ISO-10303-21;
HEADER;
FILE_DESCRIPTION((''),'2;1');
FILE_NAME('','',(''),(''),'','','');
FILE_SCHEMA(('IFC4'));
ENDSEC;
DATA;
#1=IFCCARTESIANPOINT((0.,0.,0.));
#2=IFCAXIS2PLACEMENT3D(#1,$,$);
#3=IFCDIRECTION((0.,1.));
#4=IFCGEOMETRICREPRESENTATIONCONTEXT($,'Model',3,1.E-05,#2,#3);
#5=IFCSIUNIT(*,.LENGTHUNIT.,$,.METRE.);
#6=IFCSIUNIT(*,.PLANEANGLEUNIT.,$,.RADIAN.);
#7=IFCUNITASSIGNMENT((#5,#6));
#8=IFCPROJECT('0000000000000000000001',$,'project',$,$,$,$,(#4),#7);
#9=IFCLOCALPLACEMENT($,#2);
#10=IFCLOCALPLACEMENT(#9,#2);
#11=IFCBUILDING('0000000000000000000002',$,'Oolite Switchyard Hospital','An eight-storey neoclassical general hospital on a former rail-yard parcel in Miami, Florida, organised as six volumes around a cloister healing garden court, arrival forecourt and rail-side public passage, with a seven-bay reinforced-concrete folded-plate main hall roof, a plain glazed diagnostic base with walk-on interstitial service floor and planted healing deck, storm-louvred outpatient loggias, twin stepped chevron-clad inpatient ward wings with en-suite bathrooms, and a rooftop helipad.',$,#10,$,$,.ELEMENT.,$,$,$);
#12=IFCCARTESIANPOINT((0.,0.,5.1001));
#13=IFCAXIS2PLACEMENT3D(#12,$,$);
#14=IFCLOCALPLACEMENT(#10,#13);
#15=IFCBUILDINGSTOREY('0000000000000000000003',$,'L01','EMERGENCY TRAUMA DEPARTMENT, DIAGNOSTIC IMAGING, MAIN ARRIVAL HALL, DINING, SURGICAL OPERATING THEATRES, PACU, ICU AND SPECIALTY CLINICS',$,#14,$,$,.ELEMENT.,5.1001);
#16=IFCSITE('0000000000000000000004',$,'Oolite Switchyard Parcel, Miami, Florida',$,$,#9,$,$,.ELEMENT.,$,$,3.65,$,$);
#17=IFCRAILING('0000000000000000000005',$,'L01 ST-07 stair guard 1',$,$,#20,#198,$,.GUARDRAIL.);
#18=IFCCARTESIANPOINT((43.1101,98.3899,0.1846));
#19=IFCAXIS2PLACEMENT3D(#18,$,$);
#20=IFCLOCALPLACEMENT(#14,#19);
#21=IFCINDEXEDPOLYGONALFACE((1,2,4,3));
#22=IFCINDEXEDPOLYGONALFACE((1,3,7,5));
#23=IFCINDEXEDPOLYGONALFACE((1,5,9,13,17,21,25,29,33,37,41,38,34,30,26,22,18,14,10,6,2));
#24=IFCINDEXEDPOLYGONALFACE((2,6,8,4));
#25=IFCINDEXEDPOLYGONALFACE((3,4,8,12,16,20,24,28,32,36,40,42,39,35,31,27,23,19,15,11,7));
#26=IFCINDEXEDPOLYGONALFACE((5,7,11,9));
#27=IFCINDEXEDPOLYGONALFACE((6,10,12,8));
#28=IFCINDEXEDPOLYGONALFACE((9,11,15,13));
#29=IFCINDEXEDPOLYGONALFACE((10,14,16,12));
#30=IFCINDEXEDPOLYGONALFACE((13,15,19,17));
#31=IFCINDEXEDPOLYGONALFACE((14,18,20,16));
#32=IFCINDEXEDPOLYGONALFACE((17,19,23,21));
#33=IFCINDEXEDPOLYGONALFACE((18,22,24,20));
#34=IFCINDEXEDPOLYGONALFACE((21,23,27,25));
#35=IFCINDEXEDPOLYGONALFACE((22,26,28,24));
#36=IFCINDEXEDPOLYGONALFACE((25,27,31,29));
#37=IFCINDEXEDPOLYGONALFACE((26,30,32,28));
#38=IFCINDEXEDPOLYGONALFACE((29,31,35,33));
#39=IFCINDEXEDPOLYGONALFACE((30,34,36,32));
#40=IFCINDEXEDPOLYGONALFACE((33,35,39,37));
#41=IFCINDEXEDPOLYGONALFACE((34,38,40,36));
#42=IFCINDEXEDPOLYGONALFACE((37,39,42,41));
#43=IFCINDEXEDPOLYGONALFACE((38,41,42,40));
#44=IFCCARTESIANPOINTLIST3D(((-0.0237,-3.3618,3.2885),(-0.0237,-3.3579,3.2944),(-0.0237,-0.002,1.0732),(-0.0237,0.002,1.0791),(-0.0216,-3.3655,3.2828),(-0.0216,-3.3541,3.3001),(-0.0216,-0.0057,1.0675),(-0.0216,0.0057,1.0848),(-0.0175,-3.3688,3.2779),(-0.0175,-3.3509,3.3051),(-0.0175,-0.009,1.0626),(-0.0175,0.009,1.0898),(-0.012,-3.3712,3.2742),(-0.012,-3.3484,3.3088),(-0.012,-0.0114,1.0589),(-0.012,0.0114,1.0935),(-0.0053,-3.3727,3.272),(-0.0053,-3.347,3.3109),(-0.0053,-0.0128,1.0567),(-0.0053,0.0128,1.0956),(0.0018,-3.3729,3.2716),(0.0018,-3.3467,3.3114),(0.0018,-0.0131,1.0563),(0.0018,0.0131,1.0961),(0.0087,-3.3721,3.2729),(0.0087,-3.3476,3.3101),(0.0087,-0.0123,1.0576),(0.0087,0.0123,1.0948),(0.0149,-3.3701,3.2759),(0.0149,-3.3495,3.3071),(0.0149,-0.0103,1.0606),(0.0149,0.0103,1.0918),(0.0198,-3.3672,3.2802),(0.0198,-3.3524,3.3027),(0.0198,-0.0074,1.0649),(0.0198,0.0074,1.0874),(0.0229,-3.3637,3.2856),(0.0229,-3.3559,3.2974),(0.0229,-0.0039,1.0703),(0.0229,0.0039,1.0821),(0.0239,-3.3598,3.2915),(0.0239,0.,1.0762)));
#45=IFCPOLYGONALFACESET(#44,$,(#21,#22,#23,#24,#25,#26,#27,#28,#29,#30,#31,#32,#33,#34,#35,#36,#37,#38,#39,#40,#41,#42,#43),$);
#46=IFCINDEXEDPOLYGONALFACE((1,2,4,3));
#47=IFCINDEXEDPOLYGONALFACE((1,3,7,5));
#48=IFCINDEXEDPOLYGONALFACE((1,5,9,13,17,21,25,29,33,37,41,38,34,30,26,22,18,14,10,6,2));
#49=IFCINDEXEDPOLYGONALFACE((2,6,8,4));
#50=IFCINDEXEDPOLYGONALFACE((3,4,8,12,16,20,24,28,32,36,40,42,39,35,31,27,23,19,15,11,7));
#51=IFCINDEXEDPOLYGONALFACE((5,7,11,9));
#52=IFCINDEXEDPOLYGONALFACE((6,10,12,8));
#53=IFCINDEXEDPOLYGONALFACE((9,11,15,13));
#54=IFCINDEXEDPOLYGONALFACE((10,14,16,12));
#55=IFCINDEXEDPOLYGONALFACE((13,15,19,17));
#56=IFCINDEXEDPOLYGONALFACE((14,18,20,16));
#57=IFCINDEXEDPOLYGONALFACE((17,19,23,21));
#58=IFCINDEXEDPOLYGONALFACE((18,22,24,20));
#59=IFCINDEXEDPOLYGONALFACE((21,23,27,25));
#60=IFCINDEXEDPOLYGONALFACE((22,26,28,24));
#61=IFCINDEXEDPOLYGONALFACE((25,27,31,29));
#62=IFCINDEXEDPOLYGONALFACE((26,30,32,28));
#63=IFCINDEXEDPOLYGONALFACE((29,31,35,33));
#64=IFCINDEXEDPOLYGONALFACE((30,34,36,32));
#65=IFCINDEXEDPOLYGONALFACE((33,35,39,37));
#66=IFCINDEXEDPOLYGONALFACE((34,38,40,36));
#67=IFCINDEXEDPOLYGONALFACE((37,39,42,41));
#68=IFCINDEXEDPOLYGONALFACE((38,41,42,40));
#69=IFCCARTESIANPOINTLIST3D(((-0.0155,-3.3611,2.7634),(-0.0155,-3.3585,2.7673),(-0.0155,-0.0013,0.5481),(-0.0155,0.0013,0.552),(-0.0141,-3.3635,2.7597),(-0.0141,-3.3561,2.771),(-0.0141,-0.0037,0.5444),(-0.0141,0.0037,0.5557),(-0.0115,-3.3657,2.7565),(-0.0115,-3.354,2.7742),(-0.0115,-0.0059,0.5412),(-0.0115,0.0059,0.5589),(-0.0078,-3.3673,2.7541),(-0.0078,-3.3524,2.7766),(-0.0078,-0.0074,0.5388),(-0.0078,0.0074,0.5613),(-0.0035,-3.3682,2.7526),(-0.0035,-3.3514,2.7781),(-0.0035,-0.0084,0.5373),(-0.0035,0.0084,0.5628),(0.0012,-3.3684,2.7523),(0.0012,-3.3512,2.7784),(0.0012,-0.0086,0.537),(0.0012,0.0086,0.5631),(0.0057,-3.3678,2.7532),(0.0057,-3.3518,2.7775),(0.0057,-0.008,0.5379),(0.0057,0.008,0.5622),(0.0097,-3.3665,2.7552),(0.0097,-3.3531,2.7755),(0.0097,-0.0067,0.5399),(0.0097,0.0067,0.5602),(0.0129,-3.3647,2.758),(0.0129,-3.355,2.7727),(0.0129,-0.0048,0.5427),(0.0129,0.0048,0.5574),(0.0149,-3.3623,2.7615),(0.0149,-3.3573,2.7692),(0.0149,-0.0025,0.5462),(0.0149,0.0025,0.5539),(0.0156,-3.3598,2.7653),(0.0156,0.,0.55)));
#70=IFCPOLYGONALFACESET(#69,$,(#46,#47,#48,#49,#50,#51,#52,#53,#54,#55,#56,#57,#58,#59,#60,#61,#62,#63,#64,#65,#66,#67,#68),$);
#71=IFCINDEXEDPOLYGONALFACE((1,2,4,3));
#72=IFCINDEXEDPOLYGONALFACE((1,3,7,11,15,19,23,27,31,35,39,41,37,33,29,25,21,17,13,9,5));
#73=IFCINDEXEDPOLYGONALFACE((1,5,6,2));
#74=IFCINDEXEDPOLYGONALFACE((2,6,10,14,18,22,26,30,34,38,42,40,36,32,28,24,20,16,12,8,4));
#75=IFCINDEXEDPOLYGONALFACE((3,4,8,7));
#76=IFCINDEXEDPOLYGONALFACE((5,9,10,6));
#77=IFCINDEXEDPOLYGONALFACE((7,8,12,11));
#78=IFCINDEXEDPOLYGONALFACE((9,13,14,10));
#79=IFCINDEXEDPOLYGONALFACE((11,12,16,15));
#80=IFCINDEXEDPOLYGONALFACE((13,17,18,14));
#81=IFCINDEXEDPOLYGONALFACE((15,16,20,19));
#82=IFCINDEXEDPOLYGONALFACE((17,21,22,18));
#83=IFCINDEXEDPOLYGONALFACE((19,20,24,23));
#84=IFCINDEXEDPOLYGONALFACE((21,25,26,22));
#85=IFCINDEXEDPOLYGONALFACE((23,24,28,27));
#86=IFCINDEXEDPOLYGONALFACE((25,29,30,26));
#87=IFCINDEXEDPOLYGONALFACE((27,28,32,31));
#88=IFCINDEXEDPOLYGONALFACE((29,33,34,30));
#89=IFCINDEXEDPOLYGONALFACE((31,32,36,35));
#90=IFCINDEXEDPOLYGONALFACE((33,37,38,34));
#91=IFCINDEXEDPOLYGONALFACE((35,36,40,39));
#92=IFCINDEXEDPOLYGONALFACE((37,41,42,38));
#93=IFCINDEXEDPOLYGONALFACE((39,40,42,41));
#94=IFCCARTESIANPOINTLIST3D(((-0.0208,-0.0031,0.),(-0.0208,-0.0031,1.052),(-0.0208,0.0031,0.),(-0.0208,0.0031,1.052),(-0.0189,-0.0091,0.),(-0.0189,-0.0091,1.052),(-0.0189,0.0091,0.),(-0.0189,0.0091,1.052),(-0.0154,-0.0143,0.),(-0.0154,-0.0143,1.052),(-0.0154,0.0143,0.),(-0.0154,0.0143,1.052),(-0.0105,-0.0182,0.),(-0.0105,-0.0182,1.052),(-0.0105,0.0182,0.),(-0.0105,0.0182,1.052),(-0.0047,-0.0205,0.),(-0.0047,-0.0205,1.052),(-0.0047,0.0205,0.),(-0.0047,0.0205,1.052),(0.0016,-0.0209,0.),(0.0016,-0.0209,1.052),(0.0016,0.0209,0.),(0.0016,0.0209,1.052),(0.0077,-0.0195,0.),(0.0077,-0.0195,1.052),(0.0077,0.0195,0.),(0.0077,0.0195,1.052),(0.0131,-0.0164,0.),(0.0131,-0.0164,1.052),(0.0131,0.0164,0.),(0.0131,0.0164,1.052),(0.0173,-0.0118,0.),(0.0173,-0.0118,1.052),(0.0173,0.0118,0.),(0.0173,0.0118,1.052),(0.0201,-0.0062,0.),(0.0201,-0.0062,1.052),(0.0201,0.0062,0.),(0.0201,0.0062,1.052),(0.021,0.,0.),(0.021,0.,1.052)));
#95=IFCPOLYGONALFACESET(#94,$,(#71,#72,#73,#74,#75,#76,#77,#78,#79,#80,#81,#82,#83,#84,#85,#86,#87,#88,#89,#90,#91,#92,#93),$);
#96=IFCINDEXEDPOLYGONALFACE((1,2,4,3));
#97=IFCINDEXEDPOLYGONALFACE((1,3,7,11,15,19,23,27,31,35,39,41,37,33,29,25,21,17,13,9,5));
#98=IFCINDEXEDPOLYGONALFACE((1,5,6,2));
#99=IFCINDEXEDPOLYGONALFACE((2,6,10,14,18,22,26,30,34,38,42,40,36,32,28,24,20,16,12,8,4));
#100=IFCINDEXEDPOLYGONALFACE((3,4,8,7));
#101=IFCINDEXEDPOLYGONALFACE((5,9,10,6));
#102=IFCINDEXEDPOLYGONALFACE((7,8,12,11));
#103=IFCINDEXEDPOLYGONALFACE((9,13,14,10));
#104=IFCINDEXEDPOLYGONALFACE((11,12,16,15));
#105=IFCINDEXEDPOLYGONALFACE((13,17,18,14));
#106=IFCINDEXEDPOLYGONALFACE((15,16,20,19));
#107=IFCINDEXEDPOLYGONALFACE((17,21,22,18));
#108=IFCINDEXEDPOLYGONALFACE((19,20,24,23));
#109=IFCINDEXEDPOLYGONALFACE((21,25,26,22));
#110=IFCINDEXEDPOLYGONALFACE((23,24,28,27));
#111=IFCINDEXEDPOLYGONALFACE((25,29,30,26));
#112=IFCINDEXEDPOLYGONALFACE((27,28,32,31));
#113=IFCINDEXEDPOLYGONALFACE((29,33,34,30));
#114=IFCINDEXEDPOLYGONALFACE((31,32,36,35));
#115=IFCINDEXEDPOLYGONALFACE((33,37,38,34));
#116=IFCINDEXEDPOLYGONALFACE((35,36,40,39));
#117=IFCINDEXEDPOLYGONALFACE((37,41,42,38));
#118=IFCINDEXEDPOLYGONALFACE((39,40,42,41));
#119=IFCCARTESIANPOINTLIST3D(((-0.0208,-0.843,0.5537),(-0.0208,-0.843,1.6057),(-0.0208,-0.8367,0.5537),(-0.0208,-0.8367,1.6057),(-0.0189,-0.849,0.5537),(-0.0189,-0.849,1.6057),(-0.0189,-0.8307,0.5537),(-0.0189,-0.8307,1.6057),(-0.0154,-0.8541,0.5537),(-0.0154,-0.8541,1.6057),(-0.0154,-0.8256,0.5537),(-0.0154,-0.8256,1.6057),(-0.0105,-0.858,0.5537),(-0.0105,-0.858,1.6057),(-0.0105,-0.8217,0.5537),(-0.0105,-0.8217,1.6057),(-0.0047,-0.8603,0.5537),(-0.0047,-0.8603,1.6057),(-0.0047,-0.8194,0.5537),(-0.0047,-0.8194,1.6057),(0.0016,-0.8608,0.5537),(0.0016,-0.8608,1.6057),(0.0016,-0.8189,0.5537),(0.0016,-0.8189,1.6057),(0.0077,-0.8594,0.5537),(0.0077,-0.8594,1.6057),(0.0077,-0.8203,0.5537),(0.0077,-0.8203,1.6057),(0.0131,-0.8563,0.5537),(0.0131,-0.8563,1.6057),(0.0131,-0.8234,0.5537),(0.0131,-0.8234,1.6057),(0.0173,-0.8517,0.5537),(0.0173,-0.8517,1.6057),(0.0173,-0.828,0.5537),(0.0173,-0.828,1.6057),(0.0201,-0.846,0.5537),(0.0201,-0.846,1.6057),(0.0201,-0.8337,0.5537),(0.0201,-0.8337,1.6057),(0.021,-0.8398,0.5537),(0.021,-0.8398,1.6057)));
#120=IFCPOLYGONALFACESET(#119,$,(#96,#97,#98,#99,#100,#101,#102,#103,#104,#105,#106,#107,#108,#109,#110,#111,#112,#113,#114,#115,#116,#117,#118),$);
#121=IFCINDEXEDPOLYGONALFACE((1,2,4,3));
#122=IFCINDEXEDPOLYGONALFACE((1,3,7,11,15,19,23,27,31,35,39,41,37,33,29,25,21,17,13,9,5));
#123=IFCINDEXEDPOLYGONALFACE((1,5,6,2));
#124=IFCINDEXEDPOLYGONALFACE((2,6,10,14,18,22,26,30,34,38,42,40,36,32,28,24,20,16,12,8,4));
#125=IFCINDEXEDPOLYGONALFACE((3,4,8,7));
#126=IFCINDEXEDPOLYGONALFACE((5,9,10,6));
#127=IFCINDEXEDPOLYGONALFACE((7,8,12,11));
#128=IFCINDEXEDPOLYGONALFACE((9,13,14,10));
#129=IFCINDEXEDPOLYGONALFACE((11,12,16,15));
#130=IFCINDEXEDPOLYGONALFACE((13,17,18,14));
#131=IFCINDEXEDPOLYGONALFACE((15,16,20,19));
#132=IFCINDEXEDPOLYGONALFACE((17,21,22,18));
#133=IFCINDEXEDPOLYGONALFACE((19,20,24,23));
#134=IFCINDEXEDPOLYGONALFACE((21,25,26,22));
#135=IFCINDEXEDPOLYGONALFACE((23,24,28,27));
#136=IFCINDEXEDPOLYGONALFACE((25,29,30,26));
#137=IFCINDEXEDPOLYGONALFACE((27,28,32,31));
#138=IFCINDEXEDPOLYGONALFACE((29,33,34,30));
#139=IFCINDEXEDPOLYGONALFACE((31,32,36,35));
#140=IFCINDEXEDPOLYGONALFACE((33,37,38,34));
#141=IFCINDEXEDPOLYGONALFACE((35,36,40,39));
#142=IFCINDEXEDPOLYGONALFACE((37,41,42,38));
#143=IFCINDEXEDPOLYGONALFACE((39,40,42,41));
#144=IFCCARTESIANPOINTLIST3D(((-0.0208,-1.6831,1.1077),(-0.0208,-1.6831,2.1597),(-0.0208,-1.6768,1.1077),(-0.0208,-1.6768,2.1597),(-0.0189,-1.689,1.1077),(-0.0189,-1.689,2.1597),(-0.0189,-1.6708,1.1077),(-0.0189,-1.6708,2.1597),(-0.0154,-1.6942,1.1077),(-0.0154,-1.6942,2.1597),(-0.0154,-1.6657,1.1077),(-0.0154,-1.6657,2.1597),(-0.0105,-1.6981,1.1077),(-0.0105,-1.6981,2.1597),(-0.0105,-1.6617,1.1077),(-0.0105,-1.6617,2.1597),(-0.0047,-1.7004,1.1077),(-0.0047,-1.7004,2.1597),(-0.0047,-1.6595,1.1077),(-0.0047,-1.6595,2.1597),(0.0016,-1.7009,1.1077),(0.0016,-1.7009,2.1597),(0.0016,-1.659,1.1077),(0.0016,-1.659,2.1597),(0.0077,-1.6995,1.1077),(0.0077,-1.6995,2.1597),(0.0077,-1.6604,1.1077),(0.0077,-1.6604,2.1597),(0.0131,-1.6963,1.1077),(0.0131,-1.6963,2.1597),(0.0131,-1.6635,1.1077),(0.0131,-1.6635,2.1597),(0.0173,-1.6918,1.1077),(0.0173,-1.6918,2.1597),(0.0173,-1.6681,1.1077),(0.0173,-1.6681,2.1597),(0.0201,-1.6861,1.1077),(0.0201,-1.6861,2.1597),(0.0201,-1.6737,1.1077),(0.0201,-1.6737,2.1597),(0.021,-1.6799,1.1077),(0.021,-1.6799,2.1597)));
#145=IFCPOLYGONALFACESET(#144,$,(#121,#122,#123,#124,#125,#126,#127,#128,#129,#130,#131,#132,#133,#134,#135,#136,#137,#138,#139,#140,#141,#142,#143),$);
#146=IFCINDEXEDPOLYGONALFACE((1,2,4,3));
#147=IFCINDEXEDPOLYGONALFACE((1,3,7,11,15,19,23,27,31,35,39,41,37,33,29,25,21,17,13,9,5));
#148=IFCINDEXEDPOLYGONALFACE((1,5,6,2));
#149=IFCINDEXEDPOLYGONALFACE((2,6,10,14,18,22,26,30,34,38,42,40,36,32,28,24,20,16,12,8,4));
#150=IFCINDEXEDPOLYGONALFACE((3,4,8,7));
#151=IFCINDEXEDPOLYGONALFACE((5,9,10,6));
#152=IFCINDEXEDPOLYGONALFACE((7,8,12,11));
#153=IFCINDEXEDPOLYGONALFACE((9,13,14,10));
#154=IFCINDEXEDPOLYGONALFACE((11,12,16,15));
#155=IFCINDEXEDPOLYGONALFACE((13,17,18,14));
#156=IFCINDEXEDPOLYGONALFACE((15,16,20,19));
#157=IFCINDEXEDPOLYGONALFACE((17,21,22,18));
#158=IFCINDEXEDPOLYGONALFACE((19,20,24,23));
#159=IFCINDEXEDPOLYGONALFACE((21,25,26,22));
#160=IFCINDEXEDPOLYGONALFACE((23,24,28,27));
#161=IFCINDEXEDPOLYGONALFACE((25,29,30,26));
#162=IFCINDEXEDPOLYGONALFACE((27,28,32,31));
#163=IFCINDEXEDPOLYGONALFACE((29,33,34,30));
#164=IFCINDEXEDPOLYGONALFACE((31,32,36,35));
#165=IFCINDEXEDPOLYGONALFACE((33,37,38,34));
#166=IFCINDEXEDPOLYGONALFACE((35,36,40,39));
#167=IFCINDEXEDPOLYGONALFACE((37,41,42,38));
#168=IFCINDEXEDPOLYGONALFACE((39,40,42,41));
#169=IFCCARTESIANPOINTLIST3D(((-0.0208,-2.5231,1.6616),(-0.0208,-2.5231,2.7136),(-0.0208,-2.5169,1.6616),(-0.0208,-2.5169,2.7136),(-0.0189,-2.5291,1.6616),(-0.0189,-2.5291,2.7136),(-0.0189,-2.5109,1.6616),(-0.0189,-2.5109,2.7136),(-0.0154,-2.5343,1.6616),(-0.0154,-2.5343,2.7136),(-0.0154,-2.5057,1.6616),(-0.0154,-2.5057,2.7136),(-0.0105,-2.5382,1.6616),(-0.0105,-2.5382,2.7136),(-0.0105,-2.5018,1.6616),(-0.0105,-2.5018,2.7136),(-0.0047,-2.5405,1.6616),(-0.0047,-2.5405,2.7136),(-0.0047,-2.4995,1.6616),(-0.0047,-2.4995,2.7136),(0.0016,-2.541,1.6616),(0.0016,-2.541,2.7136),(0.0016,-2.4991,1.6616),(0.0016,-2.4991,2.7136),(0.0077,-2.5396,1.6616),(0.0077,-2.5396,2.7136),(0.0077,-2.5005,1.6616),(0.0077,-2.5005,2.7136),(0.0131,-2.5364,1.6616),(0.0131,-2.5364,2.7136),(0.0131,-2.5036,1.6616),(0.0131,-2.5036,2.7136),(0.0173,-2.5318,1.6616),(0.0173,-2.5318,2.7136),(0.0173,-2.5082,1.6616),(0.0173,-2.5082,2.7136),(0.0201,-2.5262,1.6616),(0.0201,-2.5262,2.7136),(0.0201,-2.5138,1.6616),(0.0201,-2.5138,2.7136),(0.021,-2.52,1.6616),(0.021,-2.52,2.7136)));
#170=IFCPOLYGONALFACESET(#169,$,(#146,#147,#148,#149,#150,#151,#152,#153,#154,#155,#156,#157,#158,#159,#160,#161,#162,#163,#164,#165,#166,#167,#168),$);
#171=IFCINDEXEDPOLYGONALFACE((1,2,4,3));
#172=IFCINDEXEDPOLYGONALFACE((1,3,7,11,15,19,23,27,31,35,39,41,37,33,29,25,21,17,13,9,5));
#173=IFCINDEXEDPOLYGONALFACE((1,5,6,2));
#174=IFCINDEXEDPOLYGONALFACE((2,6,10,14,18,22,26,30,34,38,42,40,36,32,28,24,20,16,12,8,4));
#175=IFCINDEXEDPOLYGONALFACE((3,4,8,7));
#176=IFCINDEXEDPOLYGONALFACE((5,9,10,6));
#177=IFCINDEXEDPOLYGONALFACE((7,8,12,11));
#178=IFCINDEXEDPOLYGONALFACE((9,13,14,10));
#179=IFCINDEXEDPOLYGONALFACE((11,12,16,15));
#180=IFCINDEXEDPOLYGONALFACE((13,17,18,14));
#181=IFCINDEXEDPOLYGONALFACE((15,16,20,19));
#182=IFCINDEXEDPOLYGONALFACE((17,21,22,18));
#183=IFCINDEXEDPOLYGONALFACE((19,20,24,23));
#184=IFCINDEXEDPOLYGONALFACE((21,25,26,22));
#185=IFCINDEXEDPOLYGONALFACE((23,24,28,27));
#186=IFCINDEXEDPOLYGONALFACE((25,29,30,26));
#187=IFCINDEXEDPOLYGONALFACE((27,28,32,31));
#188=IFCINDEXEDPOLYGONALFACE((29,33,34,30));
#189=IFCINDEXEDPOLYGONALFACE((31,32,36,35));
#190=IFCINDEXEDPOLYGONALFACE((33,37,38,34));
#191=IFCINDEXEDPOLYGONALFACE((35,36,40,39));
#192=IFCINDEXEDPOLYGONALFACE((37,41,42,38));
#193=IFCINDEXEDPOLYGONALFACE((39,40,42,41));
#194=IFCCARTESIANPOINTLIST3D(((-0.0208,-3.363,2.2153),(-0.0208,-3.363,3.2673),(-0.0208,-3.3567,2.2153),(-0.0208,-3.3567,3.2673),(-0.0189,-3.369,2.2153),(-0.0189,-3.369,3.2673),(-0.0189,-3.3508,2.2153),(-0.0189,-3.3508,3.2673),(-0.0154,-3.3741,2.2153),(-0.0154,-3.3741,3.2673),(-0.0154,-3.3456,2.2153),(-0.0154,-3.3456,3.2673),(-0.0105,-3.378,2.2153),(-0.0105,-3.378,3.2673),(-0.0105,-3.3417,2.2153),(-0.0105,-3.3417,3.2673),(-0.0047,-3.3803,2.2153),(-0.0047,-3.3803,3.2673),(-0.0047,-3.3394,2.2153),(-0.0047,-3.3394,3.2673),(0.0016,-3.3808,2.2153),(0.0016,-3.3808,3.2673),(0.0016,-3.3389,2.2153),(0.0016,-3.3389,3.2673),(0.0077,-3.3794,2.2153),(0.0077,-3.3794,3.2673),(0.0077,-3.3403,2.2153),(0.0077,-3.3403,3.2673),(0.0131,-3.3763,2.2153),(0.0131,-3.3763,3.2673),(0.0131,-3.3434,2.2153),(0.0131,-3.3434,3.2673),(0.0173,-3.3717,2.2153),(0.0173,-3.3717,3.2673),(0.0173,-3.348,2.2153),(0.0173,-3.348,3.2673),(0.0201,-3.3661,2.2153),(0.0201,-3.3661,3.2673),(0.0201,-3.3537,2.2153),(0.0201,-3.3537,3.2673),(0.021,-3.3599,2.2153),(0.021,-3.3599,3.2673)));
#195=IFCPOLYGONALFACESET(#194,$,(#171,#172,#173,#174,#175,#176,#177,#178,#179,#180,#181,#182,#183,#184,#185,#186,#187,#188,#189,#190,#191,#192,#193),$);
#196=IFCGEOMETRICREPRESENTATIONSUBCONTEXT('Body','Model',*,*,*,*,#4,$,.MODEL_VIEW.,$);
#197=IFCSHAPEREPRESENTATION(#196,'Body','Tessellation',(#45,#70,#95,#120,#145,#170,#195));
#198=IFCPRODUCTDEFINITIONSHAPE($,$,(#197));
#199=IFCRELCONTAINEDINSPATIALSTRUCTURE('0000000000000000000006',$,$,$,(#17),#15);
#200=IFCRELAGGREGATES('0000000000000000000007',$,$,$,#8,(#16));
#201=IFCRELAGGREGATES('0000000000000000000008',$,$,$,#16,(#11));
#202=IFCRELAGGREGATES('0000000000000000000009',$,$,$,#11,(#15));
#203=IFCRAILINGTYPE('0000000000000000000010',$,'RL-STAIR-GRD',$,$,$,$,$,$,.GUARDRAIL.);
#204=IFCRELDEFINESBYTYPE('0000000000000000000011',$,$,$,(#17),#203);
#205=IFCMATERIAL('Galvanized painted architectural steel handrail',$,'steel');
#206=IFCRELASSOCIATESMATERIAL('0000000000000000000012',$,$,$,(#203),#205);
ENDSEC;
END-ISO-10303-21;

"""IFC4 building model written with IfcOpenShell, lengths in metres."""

from ifc_helpers import new_model, si_unit, direction, frame, origin, origin_2d, place, context, subcontext, project, spatial, circle, extrude, material, type_object, element, save


model = new_model("IFC4")

# Units and contexts
model_context = context("Model", 3, precision=1e-05, world=origin(), true_north=direction((0.0, 1.0)))
body_context = subcontext(model_context, "Body", "Model", "MODEL_VIEW")
ifc_project = project(units=[si_unit("LENGTHUNIT", "METRE"), si_unit("PLANEANGLEUNIT", "RADIAN")], contexts=[model_context])

# Site, building, storey
site_placement = place(None, origin())
site = spatial("IfcSite", under=ifc_project, at=site_placement, Name="Oolite Switchyard Parcel, Miami, Florida", CompositionType="ELEMENT", RefElevation=3.65)
building_placement = place(site_placement, origin())
building = spatial("IfcBuilding", under=site, at=building_placement, Name="Oolite Switchyard Hospital", Description="An eight-storey neoclassical general hospital on a former rail-yard parcel in Miami, Florida, organised as six volumes around a cloister healing garden court, arrival forecourt and rail-side public passage, with a seven-bay reinforced-concrete folded-plate main hall roof, a plain glazed diagnostic base with walk-on interstitial service floor and planted healing deck, storm-louvred outpatient loggias, twin stepped chevron-clad inpatient ward wings with en-suite bathrooms, and a rooftop helipad.", CompositionType="ELEMENT")
storey_placement = place(building_placement, frame((0.0, 0.0, 5.1001)))
storey = spatial("IfcBuildingStorey", under=building, at=storey_placement, Name="L01", Description="EMERGENCY TRAUMA DEPARTMENT, DIAGNOSTIC IMAGING, MAIN ARRIVAL HALL, DINING, SURGICAL OPERATING THEATRES, PACU, ICU AND SPECIALTY CLINICS", CompositionType="ELEMENT", Elevation=5.1001)

# Railing
ifc_material_1 = material(Name="Galvanized painted architectural steel handrail", Category="steel")
railing_type_1 = type_object("IfcRailingType", Name="RL-STAIR-GRD", PredefinedType="GUARDRAIL", material=ifc_material_1)
railing_1_placement = place(storey_placement, frame((43.1101, 98.3899, 0.1846)))
element("IfcRailing", 1, at=railing_1_placement, inside=storey, type_object=railing_type_1, Name="L01 ST-07 stair guard 1", PredefinedType="GUARDRAIL", context=body_context, shape_type="SweptSolid", body=[
    extrude(circle(Radius=0.0239, at=origin_2d()), frame((0.0, 0.0, 1.0762), z_axis=(0.0, -0.834858, 0.550465), x_axis=(1.0, 0.0, 0.0)), (0.0, 0.0, 1.0), 4.0244),
    extrude(circle(Radius=0.0156, at=origin_2d()), frame((0.0, 0.0, 0.55), z_axis=(0.0, -0.834858, 0.550465), x_axis=(1.0, 0.0, 0.0)), (0.0, 0.0, 1.0), 4.0244),
    extrude(circle(Radius=0.021, at=origin_2d()), origin(), (0.0, 0.0, 1.0), 1.052),
    extrude(circle(Radius=0.021, at=origin_2d()), frame((0.0, -0.8398, 0.5537)), (0.0, 0.0, 1.0), 1.052),
    extrude(circle(Radius=0.021, at=origin_2d()), frame((0.0, -1.6799, 1.1077)), (0.0, 0.0, 1.0), 1.052),
    extrude(circle(Radius=0.021, at=origin_2d()), frame((0.0, -2.52, 1.6616)), (0.0, 0.0, 1.0), 1.052),
    extrude(circle(Radius=0.021, at=origin_2d()), frame((0.0, -3.3599, 2.2153)), (0.0, 0.0, 1.0), 1.052),
])

save(model, "model.ifc")
